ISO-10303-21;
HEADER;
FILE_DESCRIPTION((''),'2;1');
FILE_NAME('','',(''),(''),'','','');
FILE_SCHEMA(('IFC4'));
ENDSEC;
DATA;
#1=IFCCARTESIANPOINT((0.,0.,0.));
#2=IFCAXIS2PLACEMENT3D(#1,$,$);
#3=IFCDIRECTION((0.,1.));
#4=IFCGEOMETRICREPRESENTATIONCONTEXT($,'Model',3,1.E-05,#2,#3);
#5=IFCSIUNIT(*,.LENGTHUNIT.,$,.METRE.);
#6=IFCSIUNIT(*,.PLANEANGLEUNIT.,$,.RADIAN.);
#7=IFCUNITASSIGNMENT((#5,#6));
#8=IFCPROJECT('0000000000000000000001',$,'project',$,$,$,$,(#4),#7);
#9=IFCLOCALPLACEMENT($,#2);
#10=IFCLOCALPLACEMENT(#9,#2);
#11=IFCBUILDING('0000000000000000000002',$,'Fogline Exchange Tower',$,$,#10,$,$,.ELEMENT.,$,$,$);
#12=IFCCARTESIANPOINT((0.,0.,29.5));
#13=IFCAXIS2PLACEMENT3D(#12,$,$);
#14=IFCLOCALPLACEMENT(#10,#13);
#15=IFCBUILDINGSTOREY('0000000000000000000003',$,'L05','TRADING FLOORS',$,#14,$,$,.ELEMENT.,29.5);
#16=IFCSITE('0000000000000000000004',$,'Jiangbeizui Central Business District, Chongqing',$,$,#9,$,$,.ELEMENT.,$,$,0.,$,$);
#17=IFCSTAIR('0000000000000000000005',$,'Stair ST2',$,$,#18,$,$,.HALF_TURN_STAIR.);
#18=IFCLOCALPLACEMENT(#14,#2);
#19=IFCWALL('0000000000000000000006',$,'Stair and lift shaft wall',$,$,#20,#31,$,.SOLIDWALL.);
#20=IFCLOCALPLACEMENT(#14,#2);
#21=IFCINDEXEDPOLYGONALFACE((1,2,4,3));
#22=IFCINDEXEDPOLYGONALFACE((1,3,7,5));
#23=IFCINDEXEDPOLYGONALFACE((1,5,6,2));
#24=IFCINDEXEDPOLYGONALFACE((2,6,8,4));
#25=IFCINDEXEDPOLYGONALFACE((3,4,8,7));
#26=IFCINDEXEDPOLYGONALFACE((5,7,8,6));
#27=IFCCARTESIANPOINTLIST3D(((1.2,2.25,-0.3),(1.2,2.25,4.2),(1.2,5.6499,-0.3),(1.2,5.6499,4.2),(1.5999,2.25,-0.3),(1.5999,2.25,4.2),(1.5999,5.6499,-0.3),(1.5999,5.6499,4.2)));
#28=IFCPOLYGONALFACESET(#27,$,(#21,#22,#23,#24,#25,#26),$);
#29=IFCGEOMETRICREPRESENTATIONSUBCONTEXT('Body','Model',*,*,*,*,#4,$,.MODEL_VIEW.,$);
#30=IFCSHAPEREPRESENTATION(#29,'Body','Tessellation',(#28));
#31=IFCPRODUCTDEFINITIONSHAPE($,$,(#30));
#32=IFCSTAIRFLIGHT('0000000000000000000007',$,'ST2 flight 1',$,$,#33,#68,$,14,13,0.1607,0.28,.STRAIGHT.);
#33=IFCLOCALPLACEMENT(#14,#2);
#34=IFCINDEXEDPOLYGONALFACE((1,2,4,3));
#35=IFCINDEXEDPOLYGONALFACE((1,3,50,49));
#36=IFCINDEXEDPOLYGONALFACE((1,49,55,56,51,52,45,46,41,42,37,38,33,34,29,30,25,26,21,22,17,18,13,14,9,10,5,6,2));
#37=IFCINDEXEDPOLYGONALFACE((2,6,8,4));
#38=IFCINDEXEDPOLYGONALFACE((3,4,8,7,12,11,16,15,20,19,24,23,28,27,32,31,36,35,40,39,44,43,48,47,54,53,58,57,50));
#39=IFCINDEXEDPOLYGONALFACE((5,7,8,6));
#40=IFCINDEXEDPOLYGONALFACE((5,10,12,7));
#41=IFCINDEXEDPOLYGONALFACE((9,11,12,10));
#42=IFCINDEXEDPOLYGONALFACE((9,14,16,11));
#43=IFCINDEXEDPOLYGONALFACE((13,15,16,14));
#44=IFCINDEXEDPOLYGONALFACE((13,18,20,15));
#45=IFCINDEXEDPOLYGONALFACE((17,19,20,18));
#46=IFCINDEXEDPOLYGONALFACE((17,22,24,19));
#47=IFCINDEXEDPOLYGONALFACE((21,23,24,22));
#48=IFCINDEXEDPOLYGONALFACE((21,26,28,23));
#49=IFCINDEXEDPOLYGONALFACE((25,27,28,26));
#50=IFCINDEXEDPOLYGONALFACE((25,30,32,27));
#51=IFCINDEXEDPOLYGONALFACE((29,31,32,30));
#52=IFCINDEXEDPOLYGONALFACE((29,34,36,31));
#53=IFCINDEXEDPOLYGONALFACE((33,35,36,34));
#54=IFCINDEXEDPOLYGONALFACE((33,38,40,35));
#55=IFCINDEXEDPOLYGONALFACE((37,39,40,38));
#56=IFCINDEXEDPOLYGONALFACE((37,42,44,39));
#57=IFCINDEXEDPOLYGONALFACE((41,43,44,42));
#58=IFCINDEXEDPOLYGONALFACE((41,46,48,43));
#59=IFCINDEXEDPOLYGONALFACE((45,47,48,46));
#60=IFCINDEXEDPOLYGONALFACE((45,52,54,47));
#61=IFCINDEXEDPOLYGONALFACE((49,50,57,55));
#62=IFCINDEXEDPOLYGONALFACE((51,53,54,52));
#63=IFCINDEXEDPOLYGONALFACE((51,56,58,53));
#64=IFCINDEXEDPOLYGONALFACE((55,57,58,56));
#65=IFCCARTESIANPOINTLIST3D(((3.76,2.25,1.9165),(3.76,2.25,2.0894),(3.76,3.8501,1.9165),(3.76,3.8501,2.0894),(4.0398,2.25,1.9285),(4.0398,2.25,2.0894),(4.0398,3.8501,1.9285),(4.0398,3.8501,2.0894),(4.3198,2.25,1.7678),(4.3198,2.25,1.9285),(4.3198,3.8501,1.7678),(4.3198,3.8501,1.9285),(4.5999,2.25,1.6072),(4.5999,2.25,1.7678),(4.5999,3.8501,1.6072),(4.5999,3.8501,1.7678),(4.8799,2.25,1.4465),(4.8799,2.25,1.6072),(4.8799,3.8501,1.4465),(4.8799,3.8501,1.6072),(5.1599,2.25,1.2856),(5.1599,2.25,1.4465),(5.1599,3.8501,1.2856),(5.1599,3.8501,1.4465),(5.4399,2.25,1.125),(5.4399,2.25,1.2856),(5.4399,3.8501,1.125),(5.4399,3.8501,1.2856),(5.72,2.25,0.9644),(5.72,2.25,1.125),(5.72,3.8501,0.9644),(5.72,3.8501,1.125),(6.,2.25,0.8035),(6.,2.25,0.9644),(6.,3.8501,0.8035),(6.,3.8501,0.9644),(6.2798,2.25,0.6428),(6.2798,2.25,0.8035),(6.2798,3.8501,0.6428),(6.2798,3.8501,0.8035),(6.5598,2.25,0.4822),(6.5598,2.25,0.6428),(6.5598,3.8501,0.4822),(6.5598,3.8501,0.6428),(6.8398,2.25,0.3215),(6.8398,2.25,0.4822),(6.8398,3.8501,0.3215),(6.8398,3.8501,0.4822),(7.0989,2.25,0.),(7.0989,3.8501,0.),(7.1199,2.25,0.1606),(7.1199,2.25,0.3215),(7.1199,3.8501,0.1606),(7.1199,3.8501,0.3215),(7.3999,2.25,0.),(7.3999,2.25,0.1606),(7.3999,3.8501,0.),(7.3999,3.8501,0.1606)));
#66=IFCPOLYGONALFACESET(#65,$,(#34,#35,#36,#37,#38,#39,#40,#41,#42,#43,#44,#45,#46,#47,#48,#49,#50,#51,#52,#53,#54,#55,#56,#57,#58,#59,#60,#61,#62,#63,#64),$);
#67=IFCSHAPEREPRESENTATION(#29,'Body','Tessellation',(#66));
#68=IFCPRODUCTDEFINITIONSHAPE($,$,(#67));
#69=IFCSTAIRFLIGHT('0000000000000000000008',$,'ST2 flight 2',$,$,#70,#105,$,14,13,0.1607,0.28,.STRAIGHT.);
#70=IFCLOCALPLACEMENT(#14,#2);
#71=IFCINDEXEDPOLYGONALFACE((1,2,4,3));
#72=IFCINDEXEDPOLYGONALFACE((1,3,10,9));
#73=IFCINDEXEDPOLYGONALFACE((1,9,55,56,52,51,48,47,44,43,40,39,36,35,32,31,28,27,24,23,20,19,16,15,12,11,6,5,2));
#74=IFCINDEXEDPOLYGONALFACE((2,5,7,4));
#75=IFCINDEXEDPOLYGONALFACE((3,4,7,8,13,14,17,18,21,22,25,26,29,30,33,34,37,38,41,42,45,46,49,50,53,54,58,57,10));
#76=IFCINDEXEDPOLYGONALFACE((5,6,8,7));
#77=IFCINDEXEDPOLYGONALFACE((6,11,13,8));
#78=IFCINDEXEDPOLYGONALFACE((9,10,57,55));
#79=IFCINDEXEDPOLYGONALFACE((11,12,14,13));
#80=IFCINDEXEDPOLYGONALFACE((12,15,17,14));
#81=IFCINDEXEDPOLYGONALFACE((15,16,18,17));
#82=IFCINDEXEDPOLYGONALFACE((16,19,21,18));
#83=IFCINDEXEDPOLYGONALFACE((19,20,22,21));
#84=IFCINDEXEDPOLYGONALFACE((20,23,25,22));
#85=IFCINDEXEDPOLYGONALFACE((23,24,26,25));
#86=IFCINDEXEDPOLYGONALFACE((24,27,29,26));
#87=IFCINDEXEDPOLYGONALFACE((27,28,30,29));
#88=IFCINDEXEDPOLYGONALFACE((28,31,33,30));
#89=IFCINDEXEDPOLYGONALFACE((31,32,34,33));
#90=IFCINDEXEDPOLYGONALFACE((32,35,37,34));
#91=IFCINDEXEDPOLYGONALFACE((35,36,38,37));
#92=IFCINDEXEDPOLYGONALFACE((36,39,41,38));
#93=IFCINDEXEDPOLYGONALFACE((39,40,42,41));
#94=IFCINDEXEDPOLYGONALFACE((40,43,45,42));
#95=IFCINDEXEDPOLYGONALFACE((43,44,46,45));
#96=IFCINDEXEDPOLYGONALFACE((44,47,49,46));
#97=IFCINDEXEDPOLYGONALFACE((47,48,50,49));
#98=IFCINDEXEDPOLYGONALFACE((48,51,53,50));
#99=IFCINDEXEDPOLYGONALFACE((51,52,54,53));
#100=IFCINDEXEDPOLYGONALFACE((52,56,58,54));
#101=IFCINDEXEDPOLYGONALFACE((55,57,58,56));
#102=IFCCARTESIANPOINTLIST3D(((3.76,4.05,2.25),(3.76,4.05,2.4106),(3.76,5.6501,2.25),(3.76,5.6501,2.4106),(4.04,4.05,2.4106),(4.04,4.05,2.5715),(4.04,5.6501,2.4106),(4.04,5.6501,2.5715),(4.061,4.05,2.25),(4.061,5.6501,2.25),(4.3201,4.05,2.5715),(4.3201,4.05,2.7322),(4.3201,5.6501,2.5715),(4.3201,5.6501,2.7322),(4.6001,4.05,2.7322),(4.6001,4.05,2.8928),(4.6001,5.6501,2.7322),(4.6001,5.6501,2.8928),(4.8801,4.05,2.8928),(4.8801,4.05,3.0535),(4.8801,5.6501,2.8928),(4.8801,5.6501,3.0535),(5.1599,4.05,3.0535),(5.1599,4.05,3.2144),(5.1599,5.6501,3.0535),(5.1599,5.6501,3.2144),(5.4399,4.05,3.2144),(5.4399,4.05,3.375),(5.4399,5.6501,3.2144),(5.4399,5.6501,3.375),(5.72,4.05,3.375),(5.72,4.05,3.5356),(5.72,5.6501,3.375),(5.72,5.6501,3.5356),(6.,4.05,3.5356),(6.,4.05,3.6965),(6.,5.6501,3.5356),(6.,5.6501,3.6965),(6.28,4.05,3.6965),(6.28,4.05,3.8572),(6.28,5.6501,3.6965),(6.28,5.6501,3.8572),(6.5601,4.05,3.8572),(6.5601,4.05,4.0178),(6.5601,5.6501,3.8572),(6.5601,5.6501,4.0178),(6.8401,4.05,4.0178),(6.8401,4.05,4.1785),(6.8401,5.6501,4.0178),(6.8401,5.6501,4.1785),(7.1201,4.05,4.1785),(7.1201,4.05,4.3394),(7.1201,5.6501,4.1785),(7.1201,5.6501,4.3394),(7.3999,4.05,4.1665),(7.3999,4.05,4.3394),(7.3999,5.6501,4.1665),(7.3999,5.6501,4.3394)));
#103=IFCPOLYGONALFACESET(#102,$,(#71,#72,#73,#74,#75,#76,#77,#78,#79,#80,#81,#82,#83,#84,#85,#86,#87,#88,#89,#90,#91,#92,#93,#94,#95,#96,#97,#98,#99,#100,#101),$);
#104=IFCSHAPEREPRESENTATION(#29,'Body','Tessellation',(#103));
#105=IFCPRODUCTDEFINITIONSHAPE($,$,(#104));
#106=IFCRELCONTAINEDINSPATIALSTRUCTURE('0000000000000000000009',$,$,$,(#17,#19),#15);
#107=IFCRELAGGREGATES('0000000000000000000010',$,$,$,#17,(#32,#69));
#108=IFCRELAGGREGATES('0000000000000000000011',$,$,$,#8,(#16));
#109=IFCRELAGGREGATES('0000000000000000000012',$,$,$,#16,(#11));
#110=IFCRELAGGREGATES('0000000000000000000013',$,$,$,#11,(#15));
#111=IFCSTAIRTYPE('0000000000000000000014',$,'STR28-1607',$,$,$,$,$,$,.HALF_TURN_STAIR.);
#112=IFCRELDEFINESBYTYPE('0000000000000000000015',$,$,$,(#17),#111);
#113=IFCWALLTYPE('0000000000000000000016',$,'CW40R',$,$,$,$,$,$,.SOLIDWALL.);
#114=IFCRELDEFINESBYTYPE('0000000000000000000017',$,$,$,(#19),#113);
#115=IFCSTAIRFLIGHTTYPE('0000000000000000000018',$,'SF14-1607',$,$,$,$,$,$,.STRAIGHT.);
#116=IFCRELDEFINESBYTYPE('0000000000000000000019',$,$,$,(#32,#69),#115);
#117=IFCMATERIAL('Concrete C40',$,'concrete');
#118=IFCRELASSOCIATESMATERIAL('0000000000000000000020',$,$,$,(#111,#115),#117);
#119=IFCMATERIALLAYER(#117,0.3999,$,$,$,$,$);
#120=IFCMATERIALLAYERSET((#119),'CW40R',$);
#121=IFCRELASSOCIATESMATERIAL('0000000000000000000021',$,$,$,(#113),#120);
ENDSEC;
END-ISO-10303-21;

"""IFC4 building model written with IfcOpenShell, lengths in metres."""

from ifc_helpers import new_model, si_unit, direction, frame, frame_2d, origin, place, context, subcontext, project, spatial, polyline, rectangle, outline, extrude, material, layer, layer_set, type_object, element, aggregate, save


model = new_model("IFC4")

# Units and contexts
model_context = context("Model", 3, precision=1e-05, world=origin(), true_north=direction((0.0, 1.0)))
body_context = subcontext(model_context, "Body", "Model", "MODEL_VIEW")
ifc_project = project(units=[si_unit("LENGTHUNIT", "METRE"), si_unit("PLANEANGLEUNIT", "RADIAN")], contexts=[model_context])

# Site, building, storey
site_placement = place(None, origin())
site = spatial("IfcSite", under=ifc_project, at=site_placement, Name="Jiangbeizui Central Business District, Chongqing", CompositionType="ELEMENT", RefElevation=0.0)
building_placement = place(site_placement, origin())
building = spatial("IfcBuilding", under=site, at=building_placement, Name="Fogline Exchange Tower", CompositionType="ELEMENT")
storey_placement = place(building_placement, frame((0.0, 0.0, 29.5)))
storey = spatial("IfcBuildingStorey", under=building, at=storey_placement, Name="L05", Description="TRADING FLOORS", CompositionType="ELEMENT", Elevation=29.5)

# Shared definitions
ifc_material_1 = material(Name="Concrete C40", Category="concrete")

# Stair
stair_type = type_object("IfcStairType", Name="STR28-1607", PredefinedType="HALF_TURN_STAIR", material=ifc_material_1)
stair_1_placement = place(storey_placement, origin())
stair_1 = element("IfcStair", 1, at=stair_1_placement, inside=storey, type_object=stair_type, Name="Stair ST2", PredefinedType="HALF_TURN_STAIR")

# Wall
ifc_layer_1 = layer(ifc_material_1, 0.3999)
ifc_layer_set_1 = layer_set([ifc_layer_1], Name="CW40R")
wall_type_1 = type_object("IfcWallType", Name="CW40R", PredefinedType="SOLIDWALL", material=ifc_layer_set_1)
wall_1_placement = place(storey_placement, frame((1.3999, 2.25, -0.3), z_axis=(0.0, 0.0, 1.0), x_axis=(0.0, 1.0, 0.0)))
element("IfcWall", 2, at=wall_1_placement, inside=storey, type_object=wall_type_1, Name="Stair and lift shaft wall", PredefinedType="SOLIDWALL", context=body_context, shape_type="SweptSolid", body=[
    extrude(rectangle(XDim=3.3999, YDim=0.3999, at=frame_2d((1.7, 0.0))), origin(), (0.0, 0.0, 1.0), 4.5),
])

# Stair flights
stair_flight_type = type_object("IfcStairFlightType", Name="SF14-1607", PredefinedType="STRAIGHT", material=ifc_material_1)
stair_flight_1_placement = place(storey_placement, frame((7.3999, 3.05, 0.0), z_axis=(0.0, 0.0, 1.0), x_axis=(-1.0, 0.0, 0.0)))
stair_flight_1 = element("IfcStairFlight", 3, at=stair_flight_1_placement, type_object=stair_flight_type, Name="ST2 flight 1", NumberOfRisers=14, NumberOfTreads=13, PredefinedType="STRAIGHT", RiserHeight=0.1607, TreadLength=0.28, context=body_context, shape_type="SweptSolid", body=[
    extrude(outline(polyline([(0.0, 0.0), (0.0, 0.1606), (0.28, 0.1606), (0.28, 0.3215), (0.5601, 0.3215), (0.5601, 0.4822), (0.8401, 0.4822), (0.8401, 0.6428), (1.1201, 0.6428), (1.1201, 0.8035), (1.3999, 0.8035), (1.3999, 0.9644), (1.6799, 0.9644), (1.6799, 1.125), (1.96, 1.125), (1.96, 1.2856), (2.24, 1.2856), (2.24, 1.4465), (2.52, 1.4465), (2.52, 1.6072), (2.8, 1.6072), (2.8, 1.7678), (3.0801, 1.7678), (3.0801, 1.9285), (3.3601, 1.9285), (3.3601, 2.0894), (3.6399, 2.0894), (3.6399, 2.25), (3.6399, 1.9165), (0.301, 0.0), (0.0, 0.0)])), frame((0.0, 0.8, 0.0), z_axis=(0.0, -1.0, 0.0), x_axis=(1.0, 0.0, 0.0)), (0.0, 0.0, 1.0), 1.6001),
])
stair_flight_2_placement = place(storey_placement, frame((3.76, 4.8501, 2.25), z_axis=(0.0, 0.0, 1.0), x_axis=(1.0, 0.0, 0.0)))
stair_flight_2 = element("IfcStairFlight", 4, at=stair_flight_2_placement, type_object=stair_flight_type, Name="ST2 flight 2", NumberOfRisers=14, NumberOfTreads=13, PredefinedType="STRAIGHT", RiserHeight=0.1607, TreadLength=0.28, context=body_context, shape_type="SweptSolid", body=[
    extrude(outline(polyline([(0.0, 0.0), (0.0, 0.1606), (0.28, 0.1606), (0.28, 0.3215), (0.5601, 0.3215), (0.5601, 0.4822), (0.8401, 0.4822), (0.8401, 0.6428), (1.1201, 0.6428), (1.1201, 0.8035), (1.3999, 0.8035), (1.3999, 0.9644), (1.6799, 0.9644), (1.6799, 1.125), (1.96, 1.125), (1.96, 1.2856), (2.24, 1.2856), (2.24, 1.4465), (2.52, 1.4465), (2.52, 1.6072), (2.8, 1.6072), (2.8, 1.7678), (3.0801, 1.7678), (3.0801, 1.9285), (3.3601, 1.9285), (3.3601, 2.0894), (3.6399, 2.0894), (3.6399, 2.25), (3.6399, 1.9165), (0.301, 0.0), (0.0, 0.0)])), frame((0.0, 0.8, 0.0), z_axis=(0.0, -1.0, 0.0), x_axis=(1.0, 0.0, 0.0)), (0.0, 0.0, 1.0), 1.6001),
])
aggregate(stair_1, [stair_flight_1, stair_flight_2])

save(model, "model.ifc")
